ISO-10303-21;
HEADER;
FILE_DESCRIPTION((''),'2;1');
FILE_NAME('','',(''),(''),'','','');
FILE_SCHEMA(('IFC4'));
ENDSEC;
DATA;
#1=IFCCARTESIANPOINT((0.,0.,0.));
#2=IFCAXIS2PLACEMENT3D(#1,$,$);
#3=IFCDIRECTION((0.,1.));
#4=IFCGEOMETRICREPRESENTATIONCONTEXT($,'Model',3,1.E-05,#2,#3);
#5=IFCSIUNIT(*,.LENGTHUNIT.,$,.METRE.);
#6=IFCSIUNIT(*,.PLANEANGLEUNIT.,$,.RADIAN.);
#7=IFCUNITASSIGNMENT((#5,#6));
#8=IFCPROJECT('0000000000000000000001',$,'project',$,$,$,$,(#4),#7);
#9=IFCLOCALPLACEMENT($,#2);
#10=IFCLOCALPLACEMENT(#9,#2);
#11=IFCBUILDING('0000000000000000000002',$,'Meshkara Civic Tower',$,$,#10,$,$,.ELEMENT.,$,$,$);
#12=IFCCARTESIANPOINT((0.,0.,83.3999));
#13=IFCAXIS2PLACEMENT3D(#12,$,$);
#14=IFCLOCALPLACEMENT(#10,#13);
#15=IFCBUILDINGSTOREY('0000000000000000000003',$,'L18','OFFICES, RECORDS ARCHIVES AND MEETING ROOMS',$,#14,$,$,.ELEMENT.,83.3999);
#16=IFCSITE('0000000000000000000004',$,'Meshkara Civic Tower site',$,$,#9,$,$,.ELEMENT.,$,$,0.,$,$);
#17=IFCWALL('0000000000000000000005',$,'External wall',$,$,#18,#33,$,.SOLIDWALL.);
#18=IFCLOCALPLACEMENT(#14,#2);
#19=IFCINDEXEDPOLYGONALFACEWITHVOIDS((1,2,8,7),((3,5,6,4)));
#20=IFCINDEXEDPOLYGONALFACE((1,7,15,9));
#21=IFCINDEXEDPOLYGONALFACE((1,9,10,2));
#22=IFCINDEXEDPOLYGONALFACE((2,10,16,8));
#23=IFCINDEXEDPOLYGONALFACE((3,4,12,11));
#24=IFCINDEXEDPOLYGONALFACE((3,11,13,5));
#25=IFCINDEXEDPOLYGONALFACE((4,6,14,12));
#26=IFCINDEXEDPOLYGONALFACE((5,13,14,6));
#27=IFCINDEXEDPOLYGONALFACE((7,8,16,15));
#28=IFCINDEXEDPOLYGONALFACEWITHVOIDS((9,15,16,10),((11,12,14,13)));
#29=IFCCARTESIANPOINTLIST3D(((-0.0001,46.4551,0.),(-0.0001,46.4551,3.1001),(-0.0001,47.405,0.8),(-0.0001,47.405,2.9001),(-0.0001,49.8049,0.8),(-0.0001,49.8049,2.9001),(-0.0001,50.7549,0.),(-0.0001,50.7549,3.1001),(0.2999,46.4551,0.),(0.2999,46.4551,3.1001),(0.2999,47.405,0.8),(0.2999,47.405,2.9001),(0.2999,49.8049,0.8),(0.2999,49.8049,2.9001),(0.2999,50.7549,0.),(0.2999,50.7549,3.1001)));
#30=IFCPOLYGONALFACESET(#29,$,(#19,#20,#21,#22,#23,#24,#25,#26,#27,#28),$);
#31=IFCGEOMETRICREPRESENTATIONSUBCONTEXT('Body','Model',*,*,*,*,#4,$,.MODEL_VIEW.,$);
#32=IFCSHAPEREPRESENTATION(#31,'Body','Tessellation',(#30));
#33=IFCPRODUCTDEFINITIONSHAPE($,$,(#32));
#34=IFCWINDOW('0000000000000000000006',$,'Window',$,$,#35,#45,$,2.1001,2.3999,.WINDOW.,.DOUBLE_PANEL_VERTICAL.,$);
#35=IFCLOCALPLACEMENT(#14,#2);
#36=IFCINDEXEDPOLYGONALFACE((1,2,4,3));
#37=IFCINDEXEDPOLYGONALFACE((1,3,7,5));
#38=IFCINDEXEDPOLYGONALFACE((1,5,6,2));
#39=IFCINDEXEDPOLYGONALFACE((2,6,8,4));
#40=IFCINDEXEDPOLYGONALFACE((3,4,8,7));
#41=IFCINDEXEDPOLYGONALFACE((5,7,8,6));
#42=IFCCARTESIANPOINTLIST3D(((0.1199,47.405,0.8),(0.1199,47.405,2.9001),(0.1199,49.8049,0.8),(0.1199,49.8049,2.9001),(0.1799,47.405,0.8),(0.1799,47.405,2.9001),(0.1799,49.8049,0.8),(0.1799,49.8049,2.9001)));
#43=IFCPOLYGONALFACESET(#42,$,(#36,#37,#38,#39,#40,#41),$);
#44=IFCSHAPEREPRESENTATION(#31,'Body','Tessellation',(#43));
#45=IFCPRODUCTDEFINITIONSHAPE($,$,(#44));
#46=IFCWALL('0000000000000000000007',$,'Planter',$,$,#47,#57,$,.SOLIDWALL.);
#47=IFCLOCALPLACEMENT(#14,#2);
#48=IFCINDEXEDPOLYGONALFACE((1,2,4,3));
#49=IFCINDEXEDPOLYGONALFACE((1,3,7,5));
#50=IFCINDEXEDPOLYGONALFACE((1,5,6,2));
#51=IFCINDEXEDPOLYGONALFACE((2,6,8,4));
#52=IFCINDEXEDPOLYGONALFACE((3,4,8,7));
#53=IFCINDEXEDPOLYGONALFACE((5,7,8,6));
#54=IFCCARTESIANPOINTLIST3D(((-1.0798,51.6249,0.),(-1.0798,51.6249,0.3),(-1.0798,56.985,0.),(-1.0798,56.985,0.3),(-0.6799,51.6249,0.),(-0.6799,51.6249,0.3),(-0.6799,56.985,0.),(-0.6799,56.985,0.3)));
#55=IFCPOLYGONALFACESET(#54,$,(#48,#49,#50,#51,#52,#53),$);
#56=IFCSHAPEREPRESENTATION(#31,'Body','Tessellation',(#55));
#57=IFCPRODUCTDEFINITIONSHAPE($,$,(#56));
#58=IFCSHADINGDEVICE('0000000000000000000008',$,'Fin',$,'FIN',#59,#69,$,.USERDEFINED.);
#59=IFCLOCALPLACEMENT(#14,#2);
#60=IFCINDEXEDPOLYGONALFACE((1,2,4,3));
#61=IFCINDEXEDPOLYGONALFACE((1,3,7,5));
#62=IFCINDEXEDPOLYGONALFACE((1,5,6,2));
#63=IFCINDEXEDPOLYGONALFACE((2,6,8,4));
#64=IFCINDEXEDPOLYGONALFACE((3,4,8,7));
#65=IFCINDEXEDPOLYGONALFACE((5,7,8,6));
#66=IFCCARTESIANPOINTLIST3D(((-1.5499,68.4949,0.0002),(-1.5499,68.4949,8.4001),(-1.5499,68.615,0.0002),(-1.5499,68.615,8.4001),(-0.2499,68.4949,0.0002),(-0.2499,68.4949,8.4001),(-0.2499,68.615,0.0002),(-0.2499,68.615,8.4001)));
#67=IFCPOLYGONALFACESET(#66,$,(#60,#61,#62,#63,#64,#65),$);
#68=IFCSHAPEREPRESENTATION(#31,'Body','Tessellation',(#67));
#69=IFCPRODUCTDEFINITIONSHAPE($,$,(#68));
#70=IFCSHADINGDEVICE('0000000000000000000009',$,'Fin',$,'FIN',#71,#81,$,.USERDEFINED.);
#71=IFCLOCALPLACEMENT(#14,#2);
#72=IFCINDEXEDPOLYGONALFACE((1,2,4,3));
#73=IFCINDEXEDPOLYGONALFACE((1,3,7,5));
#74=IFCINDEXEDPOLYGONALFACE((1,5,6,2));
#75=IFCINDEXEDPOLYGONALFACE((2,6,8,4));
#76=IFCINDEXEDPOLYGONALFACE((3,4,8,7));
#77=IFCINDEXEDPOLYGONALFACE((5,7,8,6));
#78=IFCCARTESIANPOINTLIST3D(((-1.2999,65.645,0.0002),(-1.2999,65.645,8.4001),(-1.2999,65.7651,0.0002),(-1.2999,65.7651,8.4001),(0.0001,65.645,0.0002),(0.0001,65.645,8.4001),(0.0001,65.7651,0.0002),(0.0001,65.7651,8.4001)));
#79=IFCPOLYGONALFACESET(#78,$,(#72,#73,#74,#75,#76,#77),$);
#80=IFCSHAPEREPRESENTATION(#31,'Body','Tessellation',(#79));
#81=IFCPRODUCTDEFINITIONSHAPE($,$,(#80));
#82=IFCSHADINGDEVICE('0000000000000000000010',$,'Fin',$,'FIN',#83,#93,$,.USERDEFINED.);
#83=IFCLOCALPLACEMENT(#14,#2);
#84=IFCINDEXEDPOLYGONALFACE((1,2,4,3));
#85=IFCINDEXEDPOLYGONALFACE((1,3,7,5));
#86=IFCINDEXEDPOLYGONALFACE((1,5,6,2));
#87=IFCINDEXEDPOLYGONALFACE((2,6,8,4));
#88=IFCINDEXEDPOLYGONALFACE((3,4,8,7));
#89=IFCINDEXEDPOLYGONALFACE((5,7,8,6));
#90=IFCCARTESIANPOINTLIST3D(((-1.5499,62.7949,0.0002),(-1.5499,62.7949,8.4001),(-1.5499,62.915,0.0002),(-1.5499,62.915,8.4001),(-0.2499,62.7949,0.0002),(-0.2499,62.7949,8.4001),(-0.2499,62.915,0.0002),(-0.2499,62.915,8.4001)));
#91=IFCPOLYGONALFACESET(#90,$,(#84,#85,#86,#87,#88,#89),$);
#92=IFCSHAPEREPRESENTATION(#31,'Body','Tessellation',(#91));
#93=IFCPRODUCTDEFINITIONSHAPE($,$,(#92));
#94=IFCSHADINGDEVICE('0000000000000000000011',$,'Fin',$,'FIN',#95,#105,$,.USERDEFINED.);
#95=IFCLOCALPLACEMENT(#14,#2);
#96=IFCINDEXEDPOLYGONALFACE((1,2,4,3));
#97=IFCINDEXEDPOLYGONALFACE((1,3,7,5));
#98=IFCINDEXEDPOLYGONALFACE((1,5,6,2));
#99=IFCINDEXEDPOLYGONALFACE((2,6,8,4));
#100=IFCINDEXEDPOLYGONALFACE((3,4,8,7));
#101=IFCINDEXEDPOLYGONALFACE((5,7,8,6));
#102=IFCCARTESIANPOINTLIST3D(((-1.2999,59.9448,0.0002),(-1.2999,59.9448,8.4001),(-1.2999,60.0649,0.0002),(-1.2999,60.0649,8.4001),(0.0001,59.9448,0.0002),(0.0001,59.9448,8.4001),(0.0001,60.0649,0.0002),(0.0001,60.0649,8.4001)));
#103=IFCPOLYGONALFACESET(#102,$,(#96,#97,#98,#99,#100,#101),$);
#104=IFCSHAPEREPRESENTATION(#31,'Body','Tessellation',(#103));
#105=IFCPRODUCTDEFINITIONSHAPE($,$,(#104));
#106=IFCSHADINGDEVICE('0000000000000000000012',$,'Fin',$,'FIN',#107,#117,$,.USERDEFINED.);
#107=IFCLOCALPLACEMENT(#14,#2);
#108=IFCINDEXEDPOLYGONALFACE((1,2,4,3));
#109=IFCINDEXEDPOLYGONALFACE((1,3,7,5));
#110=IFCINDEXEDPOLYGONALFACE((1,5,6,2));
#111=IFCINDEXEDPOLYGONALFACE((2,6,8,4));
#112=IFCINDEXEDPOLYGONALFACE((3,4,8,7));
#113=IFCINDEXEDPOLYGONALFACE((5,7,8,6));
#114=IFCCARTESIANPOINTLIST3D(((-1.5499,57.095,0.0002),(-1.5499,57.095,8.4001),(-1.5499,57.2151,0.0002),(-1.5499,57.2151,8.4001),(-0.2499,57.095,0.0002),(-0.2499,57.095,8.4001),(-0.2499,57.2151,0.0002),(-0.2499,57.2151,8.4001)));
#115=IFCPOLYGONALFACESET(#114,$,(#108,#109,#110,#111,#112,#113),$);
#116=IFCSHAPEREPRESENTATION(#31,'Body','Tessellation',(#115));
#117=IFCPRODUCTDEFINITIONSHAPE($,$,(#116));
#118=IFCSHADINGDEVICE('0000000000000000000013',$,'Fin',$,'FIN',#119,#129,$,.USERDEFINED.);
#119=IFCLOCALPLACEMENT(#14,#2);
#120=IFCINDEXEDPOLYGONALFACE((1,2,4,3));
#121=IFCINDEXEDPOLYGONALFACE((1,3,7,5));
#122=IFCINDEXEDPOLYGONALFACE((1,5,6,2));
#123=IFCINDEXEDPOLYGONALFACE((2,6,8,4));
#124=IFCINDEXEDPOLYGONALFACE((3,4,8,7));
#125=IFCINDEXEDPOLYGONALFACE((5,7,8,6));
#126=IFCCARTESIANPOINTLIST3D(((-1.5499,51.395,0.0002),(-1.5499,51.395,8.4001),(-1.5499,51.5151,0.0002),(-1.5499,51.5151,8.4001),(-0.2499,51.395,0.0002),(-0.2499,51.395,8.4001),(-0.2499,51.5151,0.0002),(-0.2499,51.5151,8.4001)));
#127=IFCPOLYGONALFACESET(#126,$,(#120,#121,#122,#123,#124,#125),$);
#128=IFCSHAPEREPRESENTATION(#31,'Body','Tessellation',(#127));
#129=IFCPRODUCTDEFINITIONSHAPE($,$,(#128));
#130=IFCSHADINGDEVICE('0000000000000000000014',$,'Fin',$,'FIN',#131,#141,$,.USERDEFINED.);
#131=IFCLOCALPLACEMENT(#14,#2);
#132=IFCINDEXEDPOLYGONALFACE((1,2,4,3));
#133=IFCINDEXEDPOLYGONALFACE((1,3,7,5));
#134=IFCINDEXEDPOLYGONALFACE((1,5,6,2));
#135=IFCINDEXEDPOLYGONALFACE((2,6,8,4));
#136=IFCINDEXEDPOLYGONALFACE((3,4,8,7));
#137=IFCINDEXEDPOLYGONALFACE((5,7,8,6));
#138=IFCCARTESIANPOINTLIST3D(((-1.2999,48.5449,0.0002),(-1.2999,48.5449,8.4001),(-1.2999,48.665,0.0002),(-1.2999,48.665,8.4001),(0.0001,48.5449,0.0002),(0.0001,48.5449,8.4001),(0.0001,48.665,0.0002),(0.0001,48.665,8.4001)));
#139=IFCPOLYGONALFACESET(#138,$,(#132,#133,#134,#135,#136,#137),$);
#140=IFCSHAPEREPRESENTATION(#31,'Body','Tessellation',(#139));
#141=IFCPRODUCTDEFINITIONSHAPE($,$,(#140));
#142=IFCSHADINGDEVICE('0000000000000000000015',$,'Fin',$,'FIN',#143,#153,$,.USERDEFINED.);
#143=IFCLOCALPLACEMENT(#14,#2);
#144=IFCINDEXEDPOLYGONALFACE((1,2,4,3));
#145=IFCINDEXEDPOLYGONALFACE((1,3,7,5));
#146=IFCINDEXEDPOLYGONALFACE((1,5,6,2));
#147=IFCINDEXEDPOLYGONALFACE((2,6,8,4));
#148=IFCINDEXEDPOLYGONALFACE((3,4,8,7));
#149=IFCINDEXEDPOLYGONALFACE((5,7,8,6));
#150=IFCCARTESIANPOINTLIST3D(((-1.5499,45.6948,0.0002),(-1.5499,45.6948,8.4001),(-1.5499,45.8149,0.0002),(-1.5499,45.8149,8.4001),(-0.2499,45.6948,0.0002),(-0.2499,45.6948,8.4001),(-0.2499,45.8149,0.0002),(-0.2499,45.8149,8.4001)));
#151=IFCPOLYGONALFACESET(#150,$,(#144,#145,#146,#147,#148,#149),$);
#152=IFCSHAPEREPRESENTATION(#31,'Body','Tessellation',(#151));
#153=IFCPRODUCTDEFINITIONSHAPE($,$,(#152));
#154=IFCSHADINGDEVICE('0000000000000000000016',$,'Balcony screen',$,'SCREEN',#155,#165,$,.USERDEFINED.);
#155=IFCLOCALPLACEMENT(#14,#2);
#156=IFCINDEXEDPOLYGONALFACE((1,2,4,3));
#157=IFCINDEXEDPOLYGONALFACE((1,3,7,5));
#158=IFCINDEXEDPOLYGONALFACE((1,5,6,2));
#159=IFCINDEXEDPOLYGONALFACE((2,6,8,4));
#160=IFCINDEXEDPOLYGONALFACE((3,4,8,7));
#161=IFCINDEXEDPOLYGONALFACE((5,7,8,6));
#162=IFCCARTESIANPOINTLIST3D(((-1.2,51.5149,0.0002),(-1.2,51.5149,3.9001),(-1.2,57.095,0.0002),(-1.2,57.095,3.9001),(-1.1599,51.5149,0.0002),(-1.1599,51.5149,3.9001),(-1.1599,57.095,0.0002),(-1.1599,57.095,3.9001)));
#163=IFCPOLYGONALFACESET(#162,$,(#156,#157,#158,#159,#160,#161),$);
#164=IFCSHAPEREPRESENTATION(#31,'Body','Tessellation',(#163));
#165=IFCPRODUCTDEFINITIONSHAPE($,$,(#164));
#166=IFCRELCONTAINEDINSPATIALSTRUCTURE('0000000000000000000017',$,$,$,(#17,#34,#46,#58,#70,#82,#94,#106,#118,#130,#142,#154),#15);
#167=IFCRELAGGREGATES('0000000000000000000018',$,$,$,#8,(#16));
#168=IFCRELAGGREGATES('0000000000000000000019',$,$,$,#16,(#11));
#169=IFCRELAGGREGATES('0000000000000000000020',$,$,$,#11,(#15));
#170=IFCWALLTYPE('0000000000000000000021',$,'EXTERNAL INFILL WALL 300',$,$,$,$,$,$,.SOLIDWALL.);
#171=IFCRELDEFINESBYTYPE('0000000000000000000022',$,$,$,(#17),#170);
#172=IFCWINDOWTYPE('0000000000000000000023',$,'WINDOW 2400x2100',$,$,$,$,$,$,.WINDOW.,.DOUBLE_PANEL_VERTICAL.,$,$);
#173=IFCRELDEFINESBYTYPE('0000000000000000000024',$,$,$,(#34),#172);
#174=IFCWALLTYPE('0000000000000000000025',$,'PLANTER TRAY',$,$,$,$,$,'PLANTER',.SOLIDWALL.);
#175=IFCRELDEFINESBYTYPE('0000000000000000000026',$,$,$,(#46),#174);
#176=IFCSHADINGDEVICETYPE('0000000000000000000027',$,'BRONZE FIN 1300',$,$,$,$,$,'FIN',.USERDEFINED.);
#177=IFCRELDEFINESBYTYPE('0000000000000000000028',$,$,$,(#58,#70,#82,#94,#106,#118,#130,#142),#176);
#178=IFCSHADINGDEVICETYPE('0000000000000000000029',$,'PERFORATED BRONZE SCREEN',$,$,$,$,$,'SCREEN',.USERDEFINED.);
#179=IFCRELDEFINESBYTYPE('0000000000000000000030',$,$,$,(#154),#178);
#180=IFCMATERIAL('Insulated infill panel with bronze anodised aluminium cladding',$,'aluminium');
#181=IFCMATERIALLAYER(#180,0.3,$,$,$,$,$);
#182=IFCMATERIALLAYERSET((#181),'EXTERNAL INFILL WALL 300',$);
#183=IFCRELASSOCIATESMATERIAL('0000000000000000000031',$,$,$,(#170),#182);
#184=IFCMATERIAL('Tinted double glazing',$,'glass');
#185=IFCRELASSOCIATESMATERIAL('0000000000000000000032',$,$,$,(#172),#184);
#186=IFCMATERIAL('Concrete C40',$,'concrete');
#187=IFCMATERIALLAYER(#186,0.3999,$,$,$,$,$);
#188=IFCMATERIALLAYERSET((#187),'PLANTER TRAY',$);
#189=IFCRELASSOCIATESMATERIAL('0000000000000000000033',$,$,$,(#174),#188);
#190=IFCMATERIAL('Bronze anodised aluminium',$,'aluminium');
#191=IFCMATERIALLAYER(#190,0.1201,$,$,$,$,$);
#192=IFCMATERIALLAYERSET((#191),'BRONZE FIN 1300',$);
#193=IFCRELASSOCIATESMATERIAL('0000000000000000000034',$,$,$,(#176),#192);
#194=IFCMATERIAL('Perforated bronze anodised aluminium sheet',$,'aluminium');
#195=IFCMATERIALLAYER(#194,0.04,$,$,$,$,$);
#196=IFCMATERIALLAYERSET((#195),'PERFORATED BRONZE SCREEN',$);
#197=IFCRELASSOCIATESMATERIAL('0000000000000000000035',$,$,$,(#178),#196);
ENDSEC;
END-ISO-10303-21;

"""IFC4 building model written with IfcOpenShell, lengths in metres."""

from ifc_helpers import new_model, si_unit, direction, frame, frame_2d, origin, origin_2d, place, context, subcontext, project, spatial, rectangle, extrude, material, layer, layer_set, type_object, element, fill, save


model = new_model("IFC4")

# Units and contexts
model_context = context("Model", 3, precision=1e-05, world=origin(), true_north=direction((0.0, 1.0)))
body_context = subcontext(model_context, "Body", "Model", "MODEL_VIEW")
ifc_project = project(units=[si_unit("LENGTHUNIT", "METRE"), si_unit("PLANEANGLEUNIT", "RADIAN")], contexts=[model_context])

# Site, building, storey
site_placement = place(None, origin())
site = spatial("IfcSite", under=ifc_project, at=site_placement, Name="Meshkara Civic Tower site", CompositionType="ELEMENT", RefElevation=0.0)
building_placement = place(site_placement, origin())
building = spatial("IfcBuilding", under=site, at=building_placement, Name="Meshkara Civic Tower", CompositionType="ELEMENT")
storey_placement = place(building_placement, frame((0.0, 0.0, 83.3999)))
storey = spatial("IfcBuildingStorey", under=building, at=storey_placement, Name="L18", Description="OFFICES, RECORDS ARCHIVES AND MEETING ROOMS", CompositionType="ELEMENT", Elevation=83.3999)

# Wall, opening, window
ifc_material_1 = material(Name="Insulated infill panel with bronze anodised aluminium cladding", Category="aluminium")
ifc_layer_1 = layer(ifc_material_1, 0.3)
ifc_layer_set_1 = layer_set([ifc_layer_1], Name="EXTERNAL INFILL WALL 300")
wall_type_1 = type_object("IfcWallType", Name="EXTERNAL INFILL WALL 300", PredefinedType="SOLIDWALL", material=ifc_layer_set_1)
ifc_material_2 = material(Name="Tinted double glazing", Category="glass")
window_type = type_object("IfcWindowType", Name="WINDOW 2400x2100", PartitioningType="DOUBLE_PANEL_VERTICAL", PredefinedType="WINDOW", material=ifc_material_2)
wall_1_placement = place(storey_placement, frame((0.1499, 50.7549, 0.0), z_axis=(0.0, 0.0, 1.0), x_axis=(0.0, -1.0, 0.0)))
wall_1 = element("IfcWall", 1, at=wall_1_placement, inside=storey, type_object=wall_type_1, Name="External wall", PredefinedType="SOLIDWALL", context=body_context, shape_type="SweptSolid", body=[
    extrude(rectangle(XDim=4.2998, YDim=0.3, at=frame_2d((2.1499, 0.0))), origin(), (0.0, 0.0, 1.0), 3.1001),
])
opening_1_placement = place(wall_1_placement, frame((0.95, 0.0, 0.8)))
opening_1 = element("IfcOpeningElement", 2, at=opening_1_placement, cuts=wall_1, PredefinedType="OPENING", context=body_context, shape_type="SweptSolid", body=[
    extrude(rectangle(XDim=2.3999, YDim=2.1001, at=frame_2d((1.2, 1.05))), frame((0.0, 0.1599, 0.0), z_axis=(0.0, -1.0, 0.0), x_axis=(1.0, 0.0, 0.0)), (0.0, 0.0, 1.0), 0.3201),
])
window_1_placement = place(opening_1_placement, origin())
window_1 = element("IfcWindow", 3, at=window_1_placement, inside=storey, type_object=window_type, Name="Window", OverallHeight=2.1001, OverallWidth=2.3999, PartitioningType="DOUBLE_PANEL_VERTICAL", PredefinedType="WINDOW", context=body_context, shape_type="SweptSolid", body=[
    extrude(rectangle(XDim=2.3999, YDim=2.1001, at=frame_2d((1.2, 1.05))), frame((0.0, 0.03, 0.0), z_axis=(0.0, -1.0, 0.0), x_axis=(1.0, 0.0, 0.0)), (0.0, 0.0, 1.0), 0.0601),
])
fill(opening_1, window_1)

# Wall
ifc_material_3 = material(Name="Concrete C40", Category="concrete")
ifc_layer_2 = layer(ifc_material_3, 0.3999)
ifc_layer_set_2 = layer_set([ifc_layer_2], Name="PLANTER TRAY")
wall_type_2 = type_object("IfcWallType", Name="PLANTER TRAY", ElementType="PLANTER", PredefinedType="SOLIDWALL", material=ifc_layer_set_2)
wall_2_placement = place(storey_placement, frame((-0.8799, 56.9851, 0.0), z_axis=(0.0, 0.0, 1.0), x_axis=(0.0, -1.0, 0.0)))
element("IfcWall", 4, at=wall_2_placement, inside=storey, type_object=wall_type_2, Name="Planter", PredefinedType="SOLIDWALL", context=body_context, shape_type="SweptSolid", body=[
    extrude(rectangle(XDim=5.3601, YDim=0.3999, at=frame_2d((2.6802, 0.0))), origin(), (0.0, 0.0, 1.0), 0.3),
])

# Shading devices
ifc_material_4 = material(Name="Bronze anodised aluminium", Category="aluminium")
ifc_layer_3 = layer(ifc_material_4, 0.1201)
ifc_layer_set_3 = layer_set([ifc_layer_3], Name="BRONZE FIN 1300")
shading_device_type_1 = type_object("IfcShadingDeviceType", Name="BRONZE FIN 1300", ElementType="FIN", PredefinedType="USERDEFINED", material=ifc_layer_set_3)
for number, where, z_axis, x_axis, name in (
    (5, (-0.8999, 68.5549, 0.0002), (0.0, 0.0, 1.0), (0.0, -1.0, 0.0), "Fin"),
    (6, (-0.6499, 65.7051, 0.0002), (0.0, 0.0, 1.0), (0.0, -1.0, 0.0), "Fin"),
    (7, (-0.8999, 62.855, 0.0002), (0.0, 0.0, 1.0), (0.0, -1.0, 0.0), "Fin"),
    (8, (-0.6499, 60.0049, 0.0002), (0.0, 0.0, 1.0), (0.0, -1.0, 0.0), "Fin"),
    (9, (-0.8999, 57.155, 0.0002), (0.0, 0.0, 1.0), (0.0, -1.0, 0.0), "Fin"),
    (10, (-0.8999, 51.4551, 0.0002), (0.0, 0.0, 1.0), (0.0, -1.0, 0.0), "Fin"),
    (11, (-0.6499, 48.605, 0.0002), (0.0, 0.0, 1.0), (0.0, -1.0, 0.0), "Fin"),
    (12, (-0.8999, 45.7549, 0.0002), (0.0, 0.0, 1.0), (0.0, -1.0, 0.0), "Fin"),
):
    element("IfcShadingDevice", number, at=place(storey_placement, frame(where, z_axis=z_axis, x_axis=x_axis)), inside=storey, type_object=shading_device_type_1, Name=name, ObjectType="FIN", PredefinedType="USERDEFINED", context=body_context, shape_type="SweptSolid", body=[
        extrude(rectangle(XDim=0.1201, YDim=1.3, at=origin_2d()), origin(), (0.0, 0.0, 1.0), 8.3999),
    ])
ifc_material_5 = material(Name="Perforated bronze anodised aluminium sheet", Category="aluminium")
ifc_layer_4 = layer(ifc_material_5, 0.04)
ifc_layer_set_4 = layer_set([ifc_layer_4], Name="PERFORATED BRONZE SCREEN")
shading_device_type_2 = type_object("IfcShadingDeviceType", Name="PERFORATED BRONZE SCREEN", ElementType="SCREEN", PredefinedType="USERDEFINED", material=ifc_layer_set_4)
shading_device_placement = place(storey_placement, frame((-1.1799, 54.3049, 0.0002), z_axis=(0.0, 0.0, 1.0), x_axis=(0.0, -1.0, 0.0)))
element("IfcShadingDevice", 13, at=shading_device_placement, inside=storey, type_object=shading_device_type_2, Name="Balcony screen", ObjectType="SCREEN", PredefinedType="USERDEFINED", context=body_context, shape_type="SweptSolid", body=[
    extrude(rectangle(XDim=5.5801, YDim=0.04, at=origin_2d()), origin(), (0.0, 0.0, 1.0), 3.8999),
])

save(model, "model.ifc")
